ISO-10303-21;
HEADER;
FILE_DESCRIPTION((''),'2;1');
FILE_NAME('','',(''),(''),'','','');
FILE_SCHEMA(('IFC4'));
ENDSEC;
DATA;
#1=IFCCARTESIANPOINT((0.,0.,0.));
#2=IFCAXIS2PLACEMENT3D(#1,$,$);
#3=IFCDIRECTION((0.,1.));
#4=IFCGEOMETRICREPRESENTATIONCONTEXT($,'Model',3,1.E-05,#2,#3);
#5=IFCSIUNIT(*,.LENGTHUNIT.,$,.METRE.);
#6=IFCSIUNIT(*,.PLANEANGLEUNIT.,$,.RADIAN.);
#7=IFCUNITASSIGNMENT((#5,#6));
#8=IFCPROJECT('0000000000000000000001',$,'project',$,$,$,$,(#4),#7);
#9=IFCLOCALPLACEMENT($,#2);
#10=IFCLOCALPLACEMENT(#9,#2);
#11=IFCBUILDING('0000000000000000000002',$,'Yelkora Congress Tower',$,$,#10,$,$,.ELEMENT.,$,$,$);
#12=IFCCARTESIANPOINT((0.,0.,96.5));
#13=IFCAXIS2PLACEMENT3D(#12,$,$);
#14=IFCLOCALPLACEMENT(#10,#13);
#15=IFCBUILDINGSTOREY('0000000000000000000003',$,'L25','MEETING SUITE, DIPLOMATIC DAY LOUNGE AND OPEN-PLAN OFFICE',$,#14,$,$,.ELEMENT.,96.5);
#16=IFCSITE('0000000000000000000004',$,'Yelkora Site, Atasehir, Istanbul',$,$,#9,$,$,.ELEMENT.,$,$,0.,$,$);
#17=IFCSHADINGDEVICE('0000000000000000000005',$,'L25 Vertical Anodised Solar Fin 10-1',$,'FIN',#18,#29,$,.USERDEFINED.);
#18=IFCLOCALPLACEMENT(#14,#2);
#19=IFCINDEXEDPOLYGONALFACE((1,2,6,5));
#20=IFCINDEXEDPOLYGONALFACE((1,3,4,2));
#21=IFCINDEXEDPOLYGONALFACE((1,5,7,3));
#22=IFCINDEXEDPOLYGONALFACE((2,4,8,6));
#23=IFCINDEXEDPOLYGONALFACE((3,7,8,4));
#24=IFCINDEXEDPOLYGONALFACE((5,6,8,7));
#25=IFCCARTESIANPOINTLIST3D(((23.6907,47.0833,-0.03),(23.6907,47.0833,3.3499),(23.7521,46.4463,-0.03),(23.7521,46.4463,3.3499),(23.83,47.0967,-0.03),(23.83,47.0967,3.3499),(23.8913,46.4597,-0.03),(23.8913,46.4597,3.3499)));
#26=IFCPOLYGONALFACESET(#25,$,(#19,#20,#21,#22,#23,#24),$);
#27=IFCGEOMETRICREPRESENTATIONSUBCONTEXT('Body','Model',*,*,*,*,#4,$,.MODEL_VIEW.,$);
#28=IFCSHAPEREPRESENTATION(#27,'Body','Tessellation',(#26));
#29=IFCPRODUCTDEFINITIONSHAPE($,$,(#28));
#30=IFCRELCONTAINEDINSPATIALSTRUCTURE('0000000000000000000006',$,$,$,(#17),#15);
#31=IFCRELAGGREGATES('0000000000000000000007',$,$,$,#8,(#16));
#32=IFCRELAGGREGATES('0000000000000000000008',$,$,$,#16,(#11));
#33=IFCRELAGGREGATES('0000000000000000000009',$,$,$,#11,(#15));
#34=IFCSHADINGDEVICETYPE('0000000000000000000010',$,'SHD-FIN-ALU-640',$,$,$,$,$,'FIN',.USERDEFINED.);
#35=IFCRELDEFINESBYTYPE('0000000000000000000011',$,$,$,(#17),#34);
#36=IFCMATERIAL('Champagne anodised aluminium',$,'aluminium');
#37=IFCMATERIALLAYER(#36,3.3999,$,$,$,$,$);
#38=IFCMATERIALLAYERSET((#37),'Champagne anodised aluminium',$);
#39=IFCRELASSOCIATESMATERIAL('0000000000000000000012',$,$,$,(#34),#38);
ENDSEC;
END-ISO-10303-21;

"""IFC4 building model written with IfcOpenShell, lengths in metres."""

from ifc_helpers import new_model, si_unit, direction, frame, origin, origin_2d, place, context, subcontext, project, spatial, rectangle, extrude, material, layer, layer_set, type_object, element, save


model = new_model("IFC4")

# Units and contexts
model_context = context("Model", 3, precision=1e-05, world=origin(), true_north=direction((0.0, 1.0)))
body_context = subcontext(model_context, "Body", "Model", "MODEL_VIEW")
ifc_project = project(units=[si_unit("LENGTHUNIT", "METRE"), si_unit("PLANEANGLEUNIT", "RADIAN")], contexts=[model_context])

# Site, building, storey
site_placement = place(None, origin())
site = spatial("IfcSite", under=ifc_project, at=site_placement, Name="Yelkora Site, Atasehir, Istanbul", CompositionType="ELEMENT", RefElevation=0.0)
building_placement = place(site_placement, origin())
building = spatial("IfcBuilding", under=site, at=building_placement, Name="Yelkora Congress Tower", CompositionType="ELEMENT")
storey_placement = place(building_placement, frame((0.0, 0.0, 96.5)))
storey = spatial("IfcBuildingStorey", under=building, at=storey_placement, Name="L25", Description="MEETING SUITE, DIPLOMATIC DAY LOUNGE AND OPEN-PLAN OFFICE", CompositionType="ELEMENT", Elevation=96.5)

# Shading device
ifc_material_1 = material(Name="Champagne anodised aluminium", Category="aluminium")
ifc_layer_1 = layer(ifc_material_1, 3.3999)
ifc_layer_set_1 = layer_set([ifc_layer_1], Name="Champagne anodised aluminium")
shading_device_type = type_object("IfcShadingDeviceType", Name="SHD-FIN-ALU-640", ElementType="FIN", PredefinedType="USERDEFINED", material=ifc_layer_set_1)
shading_device_placement = place(storey_placement, frame((23.791, 46.7715, -0.03), z_axis=(0.0, 0.0, 1.0), x_axis=(0.995396, 0.095846, 0.0)))
element("IfcShadingDevice", 1, at=shading_device_placement, inside=storey, type_object=shading_device_type, Name="L25 Vertical Anodised Solar Fin 10-1", ObjectType="FIN", PredefinedType="USERDEFINED", context=body_context, shape_type="SweptSolid", body=[
    extrude(rectangle(XDim=0.1399, YDim=0.6399, at=origin_2d()), origin(), (0.0, 0.0, 1.0), 3.3799),
])

save(model, "model.ifc")
